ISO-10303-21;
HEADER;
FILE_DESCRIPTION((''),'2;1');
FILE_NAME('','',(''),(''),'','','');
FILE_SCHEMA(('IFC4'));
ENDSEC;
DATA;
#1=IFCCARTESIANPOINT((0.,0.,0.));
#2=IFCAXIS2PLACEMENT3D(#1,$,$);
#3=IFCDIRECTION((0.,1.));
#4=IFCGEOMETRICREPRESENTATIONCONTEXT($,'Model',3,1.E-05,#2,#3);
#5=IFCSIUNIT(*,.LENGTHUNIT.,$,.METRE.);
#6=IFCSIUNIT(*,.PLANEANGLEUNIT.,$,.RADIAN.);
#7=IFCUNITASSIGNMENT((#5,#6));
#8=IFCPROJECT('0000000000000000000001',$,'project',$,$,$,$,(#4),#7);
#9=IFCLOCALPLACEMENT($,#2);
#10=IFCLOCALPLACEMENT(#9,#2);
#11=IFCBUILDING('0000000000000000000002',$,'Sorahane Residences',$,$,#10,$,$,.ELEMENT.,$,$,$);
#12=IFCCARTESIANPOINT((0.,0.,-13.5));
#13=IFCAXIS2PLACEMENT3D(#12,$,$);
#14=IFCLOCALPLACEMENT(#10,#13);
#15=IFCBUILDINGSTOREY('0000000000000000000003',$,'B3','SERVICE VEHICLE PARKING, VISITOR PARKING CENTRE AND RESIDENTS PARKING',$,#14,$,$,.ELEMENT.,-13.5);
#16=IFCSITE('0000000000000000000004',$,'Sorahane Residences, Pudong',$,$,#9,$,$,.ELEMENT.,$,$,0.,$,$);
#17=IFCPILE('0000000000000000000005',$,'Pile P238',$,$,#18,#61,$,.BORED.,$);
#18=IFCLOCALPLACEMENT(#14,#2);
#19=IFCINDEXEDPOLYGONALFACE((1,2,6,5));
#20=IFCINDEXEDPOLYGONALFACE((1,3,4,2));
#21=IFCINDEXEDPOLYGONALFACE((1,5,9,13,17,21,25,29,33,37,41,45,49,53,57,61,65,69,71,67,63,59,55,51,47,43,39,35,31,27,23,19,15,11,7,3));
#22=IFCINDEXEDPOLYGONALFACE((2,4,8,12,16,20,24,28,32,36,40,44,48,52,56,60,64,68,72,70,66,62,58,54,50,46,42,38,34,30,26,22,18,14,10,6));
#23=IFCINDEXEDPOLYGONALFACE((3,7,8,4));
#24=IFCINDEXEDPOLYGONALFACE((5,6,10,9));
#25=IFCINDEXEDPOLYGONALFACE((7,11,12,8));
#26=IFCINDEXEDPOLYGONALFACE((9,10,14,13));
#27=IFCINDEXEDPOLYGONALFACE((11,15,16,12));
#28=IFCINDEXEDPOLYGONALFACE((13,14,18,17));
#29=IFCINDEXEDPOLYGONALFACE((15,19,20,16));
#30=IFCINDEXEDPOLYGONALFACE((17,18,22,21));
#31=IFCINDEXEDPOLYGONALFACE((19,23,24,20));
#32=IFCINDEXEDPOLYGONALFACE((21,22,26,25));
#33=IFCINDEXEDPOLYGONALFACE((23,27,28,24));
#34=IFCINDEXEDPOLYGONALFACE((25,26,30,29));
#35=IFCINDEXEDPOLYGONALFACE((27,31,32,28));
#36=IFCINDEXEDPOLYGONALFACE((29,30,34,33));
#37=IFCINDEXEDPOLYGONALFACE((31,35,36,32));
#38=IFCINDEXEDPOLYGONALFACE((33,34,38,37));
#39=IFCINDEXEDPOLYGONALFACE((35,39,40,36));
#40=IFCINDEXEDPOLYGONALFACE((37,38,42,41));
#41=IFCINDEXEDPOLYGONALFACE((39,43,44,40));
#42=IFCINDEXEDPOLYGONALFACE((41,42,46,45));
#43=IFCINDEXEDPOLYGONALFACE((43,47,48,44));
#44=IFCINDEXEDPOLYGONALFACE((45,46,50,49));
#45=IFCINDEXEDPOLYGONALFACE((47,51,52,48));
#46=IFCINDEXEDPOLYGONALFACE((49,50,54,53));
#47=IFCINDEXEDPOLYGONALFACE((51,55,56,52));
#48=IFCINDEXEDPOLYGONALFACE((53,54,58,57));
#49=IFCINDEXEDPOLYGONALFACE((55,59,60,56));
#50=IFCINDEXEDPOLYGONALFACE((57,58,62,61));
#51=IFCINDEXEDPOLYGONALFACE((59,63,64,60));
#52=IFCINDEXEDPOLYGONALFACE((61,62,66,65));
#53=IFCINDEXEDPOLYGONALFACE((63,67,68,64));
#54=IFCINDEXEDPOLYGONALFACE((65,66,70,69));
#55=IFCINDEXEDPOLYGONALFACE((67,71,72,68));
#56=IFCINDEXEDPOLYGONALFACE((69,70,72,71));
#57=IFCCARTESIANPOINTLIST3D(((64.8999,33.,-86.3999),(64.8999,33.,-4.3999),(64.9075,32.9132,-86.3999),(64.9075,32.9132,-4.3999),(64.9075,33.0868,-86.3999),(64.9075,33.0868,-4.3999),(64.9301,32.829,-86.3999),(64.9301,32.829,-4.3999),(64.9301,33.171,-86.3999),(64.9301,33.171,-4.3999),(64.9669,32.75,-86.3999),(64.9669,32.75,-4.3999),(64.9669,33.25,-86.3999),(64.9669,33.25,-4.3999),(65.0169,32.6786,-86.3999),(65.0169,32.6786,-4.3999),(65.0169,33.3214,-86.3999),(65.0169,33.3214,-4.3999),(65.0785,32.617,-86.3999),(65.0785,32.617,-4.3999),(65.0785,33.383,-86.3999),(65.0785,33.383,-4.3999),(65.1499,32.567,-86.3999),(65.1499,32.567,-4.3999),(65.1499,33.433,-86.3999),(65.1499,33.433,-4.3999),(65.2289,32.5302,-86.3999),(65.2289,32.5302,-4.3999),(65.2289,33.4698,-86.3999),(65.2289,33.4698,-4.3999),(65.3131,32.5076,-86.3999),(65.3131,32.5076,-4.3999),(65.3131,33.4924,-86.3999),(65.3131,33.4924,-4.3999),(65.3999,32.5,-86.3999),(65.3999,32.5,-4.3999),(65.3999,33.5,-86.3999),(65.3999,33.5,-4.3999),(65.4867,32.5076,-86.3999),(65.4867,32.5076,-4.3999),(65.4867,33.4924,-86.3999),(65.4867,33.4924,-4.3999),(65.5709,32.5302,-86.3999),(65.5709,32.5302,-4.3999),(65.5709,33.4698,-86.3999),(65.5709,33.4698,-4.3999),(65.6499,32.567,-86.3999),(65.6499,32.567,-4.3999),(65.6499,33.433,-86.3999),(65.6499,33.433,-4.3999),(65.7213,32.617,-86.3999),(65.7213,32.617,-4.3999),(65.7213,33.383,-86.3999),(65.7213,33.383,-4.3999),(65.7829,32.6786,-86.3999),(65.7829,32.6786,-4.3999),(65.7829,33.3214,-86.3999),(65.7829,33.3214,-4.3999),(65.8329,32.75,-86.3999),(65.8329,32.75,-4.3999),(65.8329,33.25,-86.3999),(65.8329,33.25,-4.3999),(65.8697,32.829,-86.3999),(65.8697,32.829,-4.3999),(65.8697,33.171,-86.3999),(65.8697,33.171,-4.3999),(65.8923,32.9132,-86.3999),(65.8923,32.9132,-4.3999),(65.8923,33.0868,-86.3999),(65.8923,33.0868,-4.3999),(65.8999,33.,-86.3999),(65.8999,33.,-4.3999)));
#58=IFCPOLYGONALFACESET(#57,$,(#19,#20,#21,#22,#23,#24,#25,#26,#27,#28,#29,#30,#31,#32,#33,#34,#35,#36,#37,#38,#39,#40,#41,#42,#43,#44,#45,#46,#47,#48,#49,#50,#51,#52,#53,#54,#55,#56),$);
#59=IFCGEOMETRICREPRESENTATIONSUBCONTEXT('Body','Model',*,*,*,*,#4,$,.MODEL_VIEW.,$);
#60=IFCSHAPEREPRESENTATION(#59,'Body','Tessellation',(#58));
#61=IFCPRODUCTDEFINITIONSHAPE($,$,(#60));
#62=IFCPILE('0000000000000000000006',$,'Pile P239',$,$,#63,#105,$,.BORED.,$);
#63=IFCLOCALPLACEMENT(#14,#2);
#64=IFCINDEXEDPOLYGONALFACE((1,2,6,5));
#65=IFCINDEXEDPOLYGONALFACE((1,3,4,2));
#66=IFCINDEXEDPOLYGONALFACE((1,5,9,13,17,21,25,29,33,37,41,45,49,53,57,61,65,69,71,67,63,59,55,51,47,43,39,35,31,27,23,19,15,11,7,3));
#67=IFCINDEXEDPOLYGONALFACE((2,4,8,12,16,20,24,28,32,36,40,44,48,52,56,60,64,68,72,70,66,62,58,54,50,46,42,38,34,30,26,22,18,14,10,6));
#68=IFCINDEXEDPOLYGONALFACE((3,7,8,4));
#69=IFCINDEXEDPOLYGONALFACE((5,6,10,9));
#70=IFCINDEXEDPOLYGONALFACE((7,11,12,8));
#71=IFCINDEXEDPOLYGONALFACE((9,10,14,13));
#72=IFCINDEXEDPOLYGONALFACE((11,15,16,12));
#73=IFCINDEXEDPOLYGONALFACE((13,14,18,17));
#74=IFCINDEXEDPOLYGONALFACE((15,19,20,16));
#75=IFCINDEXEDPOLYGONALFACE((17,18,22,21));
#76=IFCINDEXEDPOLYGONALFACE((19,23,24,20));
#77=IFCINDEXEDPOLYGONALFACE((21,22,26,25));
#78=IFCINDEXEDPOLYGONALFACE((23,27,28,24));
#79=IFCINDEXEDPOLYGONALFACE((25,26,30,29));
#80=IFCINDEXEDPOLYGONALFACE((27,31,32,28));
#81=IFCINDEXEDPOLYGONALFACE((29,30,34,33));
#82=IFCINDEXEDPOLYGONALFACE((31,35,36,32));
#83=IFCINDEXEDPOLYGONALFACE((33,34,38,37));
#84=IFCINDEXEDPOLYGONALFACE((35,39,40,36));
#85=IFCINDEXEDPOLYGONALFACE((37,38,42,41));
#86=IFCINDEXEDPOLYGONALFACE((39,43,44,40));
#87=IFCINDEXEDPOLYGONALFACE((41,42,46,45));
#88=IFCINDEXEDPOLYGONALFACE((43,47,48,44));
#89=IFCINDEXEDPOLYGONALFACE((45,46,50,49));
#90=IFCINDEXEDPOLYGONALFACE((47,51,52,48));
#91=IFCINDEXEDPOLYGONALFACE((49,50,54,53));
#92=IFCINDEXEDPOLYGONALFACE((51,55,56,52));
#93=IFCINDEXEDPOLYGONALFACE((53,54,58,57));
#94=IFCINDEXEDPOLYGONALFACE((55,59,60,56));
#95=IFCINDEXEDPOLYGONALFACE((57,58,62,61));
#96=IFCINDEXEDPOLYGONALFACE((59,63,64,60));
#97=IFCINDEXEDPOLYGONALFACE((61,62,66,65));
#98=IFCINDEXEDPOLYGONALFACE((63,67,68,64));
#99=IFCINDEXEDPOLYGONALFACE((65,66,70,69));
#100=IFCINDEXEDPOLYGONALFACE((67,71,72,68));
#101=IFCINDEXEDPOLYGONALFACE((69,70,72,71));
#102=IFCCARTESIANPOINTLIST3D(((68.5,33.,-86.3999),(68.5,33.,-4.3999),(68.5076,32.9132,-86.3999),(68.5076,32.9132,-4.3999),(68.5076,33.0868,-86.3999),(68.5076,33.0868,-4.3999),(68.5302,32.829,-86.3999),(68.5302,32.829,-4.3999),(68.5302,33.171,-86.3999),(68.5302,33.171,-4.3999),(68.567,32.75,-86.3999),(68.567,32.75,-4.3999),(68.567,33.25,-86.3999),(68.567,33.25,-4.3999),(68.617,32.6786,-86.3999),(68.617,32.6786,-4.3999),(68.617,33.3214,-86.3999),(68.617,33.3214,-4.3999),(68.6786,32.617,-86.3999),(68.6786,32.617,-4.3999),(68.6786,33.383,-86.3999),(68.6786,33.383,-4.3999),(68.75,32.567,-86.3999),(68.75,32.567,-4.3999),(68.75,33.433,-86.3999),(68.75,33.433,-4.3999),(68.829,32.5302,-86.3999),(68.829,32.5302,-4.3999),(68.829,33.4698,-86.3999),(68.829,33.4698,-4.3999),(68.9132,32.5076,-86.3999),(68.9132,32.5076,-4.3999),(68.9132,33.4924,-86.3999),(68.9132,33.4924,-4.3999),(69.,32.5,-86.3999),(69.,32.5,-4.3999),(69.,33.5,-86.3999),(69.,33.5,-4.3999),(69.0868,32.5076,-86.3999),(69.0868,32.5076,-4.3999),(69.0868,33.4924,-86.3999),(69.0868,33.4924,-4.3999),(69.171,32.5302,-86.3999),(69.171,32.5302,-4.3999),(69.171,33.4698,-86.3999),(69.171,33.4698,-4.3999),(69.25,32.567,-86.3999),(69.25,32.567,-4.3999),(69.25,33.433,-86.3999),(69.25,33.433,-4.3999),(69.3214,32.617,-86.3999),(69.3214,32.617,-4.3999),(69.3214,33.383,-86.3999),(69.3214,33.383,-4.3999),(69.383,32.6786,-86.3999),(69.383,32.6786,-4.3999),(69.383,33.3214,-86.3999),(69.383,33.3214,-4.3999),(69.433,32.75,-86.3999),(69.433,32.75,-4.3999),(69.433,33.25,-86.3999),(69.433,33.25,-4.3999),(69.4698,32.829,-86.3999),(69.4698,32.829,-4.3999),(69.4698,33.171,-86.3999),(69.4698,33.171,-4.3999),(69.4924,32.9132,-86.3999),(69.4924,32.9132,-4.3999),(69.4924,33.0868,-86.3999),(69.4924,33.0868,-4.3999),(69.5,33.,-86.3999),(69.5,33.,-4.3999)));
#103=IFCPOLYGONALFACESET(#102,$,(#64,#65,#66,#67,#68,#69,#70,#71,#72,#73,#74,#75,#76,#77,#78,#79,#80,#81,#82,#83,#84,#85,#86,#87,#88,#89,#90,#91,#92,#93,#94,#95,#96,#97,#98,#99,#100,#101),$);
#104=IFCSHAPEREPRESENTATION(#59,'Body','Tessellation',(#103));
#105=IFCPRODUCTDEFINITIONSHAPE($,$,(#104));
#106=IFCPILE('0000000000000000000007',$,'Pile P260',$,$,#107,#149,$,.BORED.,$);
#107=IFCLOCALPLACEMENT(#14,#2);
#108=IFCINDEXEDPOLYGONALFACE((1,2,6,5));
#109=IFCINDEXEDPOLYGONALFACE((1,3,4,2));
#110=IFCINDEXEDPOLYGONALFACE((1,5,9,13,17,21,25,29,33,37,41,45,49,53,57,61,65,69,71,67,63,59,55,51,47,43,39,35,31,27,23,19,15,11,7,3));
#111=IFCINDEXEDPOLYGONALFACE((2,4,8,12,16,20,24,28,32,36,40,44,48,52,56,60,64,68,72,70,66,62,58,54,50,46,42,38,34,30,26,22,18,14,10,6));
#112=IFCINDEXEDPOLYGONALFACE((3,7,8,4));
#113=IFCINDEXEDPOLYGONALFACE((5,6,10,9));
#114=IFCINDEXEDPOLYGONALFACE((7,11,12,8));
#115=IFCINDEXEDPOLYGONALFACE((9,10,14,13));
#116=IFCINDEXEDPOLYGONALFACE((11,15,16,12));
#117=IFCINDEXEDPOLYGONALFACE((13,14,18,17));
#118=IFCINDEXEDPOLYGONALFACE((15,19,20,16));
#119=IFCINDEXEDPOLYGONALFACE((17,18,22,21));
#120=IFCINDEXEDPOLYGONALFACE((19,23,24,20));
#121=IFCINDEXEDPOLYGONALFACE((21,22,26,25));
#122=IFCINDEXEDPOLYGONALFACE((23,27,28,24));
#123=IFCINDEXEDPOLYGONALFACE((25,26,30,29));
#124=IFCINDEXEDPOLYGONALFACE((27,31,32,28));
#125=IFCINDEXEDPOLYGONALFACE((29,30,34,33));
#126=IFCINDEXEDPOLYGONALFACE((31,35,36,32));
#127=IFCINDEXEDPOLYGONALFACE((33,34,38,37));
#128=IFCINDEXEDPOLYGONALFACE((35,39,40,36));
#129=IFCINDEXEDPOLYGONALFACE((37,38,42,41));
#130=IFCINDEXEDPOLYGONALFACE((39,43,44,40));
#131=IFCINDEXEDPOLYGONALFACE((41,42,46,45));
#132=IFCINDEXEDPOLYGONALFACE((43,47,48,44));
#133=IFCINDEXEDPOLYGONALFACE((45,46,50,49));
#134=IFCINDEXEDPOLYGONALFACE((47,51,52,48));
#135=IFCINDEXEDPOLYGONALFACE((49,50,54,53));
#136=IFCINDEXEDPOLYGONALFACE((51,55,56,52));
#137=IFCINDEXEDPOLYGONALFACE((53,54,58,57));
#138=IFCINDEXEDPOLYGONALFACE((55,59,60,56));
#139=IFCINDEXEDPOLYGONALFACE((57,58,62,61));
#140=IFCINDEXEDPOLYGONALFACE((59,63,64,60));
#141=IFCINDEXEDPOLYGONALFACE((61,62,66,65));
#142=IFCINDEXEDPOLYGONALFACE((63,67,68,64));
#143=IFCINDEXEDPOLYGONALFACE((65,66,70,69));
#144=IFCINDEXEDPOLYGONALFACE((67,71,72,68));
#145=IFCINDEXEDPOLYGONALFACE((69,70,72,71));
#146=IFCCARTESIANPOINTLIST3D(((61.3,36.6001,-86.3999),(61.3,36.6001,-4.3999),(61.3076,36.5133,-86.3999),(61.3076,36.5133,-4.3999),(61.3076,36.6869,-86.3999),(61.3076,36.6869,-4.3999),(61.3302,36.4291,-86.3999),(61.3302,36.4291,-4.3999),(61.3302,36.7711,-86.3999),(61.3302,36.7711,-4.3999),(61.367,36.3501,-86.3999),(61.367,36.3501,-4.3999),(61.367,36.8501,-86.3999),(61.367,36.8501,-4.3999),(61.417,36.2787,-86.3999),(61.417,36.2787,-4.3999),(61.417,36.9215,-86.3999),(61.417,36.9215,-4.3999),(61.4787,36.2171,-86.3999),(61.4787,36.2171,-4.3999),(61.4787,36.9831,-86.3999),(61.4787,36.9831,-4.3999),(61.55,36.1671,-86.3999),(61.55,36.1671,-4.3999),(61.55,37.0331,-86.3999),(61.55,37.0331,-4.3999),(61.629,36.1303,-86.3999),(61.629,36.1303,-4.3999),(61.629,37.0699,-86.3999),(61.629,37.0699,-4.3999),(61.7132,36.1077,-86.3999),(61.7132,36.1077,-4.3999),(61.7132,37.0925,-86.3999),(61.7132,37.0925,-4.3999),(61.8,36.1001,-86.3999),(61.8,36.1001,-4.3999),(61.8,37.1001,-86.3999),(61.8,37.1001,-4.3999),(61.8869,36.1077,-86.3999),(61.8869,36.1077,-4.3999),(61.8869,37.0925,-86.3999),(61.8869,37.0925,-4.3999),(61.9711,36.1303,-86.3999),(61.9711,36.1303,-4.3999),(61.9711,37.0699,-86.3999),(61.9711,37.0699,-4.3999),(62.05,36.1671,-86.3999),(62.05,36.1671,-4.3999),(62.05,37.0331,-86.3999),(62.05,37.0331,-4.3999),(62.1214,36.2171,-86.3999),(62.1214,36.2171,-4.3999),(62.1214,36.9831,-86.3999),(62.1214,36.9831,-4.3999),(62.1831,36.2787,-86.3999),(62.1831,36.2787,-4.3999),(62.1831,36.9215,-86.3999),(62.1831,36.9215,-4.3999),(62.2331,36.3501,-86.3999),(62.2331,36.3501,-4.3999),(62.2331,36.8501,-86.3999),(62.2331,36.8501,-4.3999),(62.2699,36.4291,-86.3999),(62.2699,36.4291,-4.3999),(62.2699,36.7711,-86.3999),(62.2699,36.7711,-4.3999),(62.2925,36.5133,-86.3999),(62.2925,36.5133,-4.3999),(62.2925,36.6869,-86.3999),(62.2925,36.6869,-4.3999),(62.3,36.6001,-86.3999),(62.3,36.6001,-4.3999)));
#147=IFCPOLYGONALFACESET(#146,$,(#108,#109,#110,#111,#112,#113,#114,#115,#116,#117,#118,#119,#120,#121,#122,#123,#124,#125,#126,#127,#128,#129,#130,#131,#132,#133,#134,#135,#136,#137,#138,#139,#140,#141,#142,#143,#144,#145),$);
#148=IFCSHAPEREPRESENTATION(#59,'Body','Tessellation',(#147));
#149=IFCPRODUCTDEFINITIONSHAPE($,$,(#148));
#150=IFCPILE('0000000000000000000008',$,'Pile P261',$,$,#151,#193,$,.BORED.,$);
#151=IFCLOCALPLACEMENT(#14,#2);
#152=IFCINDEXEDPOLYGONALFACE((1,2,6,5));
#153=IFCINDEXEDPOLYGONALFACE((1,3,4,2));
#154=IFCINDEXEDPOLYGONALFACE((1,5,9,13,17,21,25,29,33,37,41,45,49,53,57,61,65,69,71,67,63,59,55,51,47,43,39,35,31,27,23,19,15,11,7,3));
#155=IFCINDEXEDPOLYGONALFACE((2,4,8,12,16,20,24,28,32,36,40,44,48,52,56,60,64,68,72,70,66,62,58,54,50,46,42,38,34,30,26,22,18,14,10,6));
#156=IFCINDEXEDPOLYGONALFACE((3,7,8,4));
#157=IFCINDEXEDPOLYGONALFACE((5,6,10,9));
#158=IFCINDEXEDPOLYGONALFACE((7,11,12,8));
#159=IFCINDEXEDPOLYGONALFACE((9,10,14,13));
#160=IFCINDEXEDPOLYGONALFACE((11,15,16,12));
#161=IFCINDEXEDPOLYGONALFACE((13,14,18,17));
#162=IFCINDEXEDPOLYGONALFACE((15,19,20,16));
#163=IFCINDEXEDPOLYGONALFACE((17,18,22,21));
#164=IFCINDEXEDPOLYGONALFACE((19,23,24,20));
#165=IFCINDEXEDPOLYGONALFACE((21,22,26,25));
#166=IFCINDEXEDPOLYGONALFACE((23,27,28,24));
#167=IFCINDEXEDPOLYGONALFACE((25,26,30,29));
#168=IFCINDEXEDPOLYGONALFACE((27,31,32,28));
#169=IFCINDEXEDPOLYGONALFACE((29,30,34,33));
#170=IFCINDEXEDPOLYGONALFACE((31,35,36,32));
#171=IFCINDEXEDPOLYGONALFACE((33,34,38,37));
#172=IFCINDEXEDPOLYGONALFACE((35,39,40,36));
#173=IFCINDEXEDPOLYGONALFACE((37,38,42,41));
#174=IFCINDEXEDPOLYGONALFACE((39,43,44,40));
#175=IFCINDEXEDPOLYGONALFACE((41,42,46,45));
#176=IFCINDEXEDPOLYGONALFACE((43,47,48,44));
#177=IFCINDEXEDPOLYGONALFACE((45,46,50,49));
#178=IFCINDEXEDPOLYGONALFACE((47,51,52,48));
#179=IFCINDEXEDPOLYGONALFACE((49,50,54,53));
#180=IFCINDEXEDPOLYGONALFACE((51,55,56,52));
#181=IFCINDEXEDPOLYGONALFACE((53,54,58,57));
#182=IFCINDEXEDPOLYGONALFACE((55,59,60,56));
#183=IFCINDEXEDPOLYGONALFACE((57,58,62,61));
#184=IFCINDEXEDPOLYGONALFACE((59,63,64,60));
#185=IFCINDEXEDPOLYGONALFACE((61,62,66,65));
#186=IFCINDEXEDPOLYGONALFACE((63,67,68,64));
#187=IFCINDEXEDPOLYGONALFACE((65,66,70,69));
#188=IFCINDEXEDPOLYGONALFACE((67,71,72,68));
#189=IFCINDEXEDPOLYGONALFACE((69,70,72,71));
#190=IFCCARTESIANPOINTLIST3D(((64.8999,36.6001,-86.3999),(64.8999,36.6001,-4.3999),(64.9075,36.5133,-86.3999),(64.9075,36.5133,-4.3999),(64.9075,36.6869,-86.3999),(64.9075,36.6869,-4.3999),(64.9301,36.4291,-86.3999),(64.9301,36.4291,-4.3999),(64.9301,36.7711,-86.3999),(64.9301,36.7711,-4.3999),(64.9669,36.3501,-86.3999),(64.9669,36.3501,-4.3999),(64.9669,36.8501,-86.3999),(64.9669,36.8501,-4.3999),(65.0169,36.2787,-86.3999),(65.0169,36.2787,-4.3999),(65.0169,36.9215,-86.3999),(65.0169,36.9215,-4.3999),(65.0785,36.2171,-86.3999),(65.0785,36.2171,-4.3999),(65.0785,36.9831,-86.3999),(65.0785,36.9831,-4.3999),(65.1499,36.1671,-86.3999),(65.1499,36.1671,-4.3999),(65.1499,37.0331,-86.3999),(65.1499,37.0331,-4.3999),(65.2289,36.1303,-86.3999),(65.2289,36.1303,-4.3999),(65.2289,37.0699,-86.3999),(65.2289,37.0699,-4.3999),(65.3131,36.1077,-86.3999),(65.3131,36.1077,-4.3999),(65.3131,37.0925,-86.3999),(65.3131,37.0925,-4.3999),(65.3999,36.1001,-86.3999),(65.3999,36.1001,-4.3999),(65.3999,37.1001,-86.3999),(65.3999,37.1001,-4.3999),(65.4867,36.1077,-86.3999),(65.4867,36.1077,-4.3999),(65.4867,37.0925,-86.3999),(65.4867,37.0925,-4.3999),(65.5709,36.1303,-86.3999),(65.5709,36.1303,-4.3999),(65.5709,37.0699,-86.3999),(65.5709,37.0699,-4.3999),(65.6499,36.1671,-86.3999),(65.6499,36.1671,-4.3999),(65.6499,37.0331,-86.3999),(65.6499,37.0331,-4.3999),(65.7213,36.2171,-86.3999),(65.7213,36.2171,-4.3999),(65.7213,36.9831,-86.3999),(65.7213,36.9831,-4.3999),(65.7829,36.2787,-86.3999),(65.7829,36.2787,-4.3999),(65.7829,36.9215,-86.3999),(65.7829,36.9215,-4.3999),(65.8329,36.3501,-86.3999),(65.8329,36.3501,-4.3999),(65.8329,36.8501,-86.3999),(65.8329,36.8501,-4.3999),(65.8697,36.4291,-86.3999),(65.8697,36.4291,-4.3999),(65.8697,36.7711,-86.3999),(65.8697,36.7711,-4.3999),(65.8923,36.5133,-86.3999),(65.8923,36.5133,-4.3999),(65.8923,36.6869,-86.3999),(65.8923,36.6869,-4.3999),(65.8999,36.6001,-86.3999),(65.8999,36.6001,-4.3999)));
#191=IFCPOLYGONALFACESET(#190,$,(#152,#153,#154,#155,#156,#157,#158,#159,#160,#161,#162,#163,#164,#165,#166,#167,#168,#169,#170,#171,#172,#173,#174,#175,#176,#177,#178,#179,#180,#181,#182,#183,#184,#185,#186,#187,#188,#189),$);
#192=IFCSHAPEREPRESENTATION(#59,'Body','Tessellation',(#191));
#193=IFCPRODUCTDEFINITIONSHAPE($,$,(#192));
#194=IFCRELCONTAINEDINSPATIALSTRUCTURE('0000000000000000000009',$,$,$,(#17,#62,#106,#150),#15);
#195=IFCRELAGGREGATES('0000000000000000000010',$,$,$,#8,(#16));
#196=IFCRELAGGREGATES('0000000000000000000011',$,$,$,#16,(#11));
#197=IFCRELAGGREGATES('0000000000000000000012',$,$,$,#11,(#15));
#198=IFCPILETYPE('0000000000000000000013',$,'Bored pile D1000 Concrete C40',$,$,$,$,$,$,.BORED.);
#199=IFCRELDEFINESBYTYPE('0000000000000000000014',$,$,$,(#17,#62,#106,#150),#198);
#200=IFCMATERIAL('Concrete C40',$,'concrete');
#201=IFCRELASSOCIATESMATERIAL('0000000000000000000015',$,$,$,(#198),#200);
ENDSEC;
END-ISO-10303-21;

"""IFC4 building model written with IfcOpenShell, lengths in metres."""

from ifc_helpers import new_model, si_unit, direction, frame, origin, origin_2d, place, context, subcontext, project, spatial, circle, extrude, material, material_profile, profile_set, type_object, element, save


model = new_model("IFC4")

# Units and contexts
model_context = context("Model", 3, precision=1e-05, world=origin(), true_north=direction((0.0, 1.0)))
body_context = subcontext(model_context, "Body", "Model", "MODEL_VIEW")
ifc_project = project(units=[si_unit("LENGTHUNIT", "METRE"), si_unit("PLANEANGLEUNIT", "RADIAN")], contexts=[model_context])

# Site, building, storey
site_placement = place(None, origin())
site = spatial("IfcSite", under=ifc_project, at=site_placement, Name="Sorahane Residences, Pudong", CompositionType="ELEMENT", RefElevation=0.0)
building_placement = place(site_placement, origin())
building = spatial("IfcBuilding", under=site, at=building_placement, Name="Sorahane Residences", CompositionType="ELEMENT")
storey_placement = place(building_placement, frame((0.0, 0.0, -13.5)))
storey = spatial("IfcBuildingStorey", under=building, at=storey_placement, Name="B3", Description="SERVICE VEHICLE PARKING, VISITOR PARKING CENTRE AND RESIDENTS PARKING", CompositionType="ELEMENT", Elevation=-13.5)

# Piles
ifc_material_1 = material(Name="Concrete C40", Category="concrete")
ifc_material_profile_1 = material_profile(ifc_material_1, circle(Radius=0.5, at=origin_2d()), Name="D1000")
ifc_profile_set_1 = profile_set([ifc_material_profile_1], Name="Concrete C40")
pile_type = type_object("IfcPileType", Name="Bored pile D1000 Concrete C40", PredefinedType="BORED", material=ifc_profile_set_1)
for number, where, z_axis, x_axis, name in (
    (1, (65.3999, 33.0, -4.3999), (0.0, 0.0, -1.0), (1.0, 0.0, 0.0), "Pile P238"),
    (2, (69.0, 33.0, -4.3999), (0.0, 0.0, -1.0), (1.0, 0.0, 0.0), "Pile P239"),
    (3, (61.8, 36.6001, -4.3999), (0.0, 0.0, -1.0), (1.0, 0.0, 0.0), "Pile P260"),
    (4, (65.3999, 36.6001, -4.3999), (0.0, 0.0, -1.0), (1.0, 0.0, 0.0), "Pile P261"),
):
    element("IfcPile", number, at=place(storey_placement, frame(where, z_axis=z_axis, x_axis=x_axis)), inside=storey, type_object=pile_type, Name=name, PredefinedType="BORED", context=body_context, shape_type="SweptSolid", body=[
        extrude(circle(Radius=0.5, at=origin_2d()), origin(), (0.0, 0.0, 1.0), 82.0),
    ])

save(model, "model.ifc")
